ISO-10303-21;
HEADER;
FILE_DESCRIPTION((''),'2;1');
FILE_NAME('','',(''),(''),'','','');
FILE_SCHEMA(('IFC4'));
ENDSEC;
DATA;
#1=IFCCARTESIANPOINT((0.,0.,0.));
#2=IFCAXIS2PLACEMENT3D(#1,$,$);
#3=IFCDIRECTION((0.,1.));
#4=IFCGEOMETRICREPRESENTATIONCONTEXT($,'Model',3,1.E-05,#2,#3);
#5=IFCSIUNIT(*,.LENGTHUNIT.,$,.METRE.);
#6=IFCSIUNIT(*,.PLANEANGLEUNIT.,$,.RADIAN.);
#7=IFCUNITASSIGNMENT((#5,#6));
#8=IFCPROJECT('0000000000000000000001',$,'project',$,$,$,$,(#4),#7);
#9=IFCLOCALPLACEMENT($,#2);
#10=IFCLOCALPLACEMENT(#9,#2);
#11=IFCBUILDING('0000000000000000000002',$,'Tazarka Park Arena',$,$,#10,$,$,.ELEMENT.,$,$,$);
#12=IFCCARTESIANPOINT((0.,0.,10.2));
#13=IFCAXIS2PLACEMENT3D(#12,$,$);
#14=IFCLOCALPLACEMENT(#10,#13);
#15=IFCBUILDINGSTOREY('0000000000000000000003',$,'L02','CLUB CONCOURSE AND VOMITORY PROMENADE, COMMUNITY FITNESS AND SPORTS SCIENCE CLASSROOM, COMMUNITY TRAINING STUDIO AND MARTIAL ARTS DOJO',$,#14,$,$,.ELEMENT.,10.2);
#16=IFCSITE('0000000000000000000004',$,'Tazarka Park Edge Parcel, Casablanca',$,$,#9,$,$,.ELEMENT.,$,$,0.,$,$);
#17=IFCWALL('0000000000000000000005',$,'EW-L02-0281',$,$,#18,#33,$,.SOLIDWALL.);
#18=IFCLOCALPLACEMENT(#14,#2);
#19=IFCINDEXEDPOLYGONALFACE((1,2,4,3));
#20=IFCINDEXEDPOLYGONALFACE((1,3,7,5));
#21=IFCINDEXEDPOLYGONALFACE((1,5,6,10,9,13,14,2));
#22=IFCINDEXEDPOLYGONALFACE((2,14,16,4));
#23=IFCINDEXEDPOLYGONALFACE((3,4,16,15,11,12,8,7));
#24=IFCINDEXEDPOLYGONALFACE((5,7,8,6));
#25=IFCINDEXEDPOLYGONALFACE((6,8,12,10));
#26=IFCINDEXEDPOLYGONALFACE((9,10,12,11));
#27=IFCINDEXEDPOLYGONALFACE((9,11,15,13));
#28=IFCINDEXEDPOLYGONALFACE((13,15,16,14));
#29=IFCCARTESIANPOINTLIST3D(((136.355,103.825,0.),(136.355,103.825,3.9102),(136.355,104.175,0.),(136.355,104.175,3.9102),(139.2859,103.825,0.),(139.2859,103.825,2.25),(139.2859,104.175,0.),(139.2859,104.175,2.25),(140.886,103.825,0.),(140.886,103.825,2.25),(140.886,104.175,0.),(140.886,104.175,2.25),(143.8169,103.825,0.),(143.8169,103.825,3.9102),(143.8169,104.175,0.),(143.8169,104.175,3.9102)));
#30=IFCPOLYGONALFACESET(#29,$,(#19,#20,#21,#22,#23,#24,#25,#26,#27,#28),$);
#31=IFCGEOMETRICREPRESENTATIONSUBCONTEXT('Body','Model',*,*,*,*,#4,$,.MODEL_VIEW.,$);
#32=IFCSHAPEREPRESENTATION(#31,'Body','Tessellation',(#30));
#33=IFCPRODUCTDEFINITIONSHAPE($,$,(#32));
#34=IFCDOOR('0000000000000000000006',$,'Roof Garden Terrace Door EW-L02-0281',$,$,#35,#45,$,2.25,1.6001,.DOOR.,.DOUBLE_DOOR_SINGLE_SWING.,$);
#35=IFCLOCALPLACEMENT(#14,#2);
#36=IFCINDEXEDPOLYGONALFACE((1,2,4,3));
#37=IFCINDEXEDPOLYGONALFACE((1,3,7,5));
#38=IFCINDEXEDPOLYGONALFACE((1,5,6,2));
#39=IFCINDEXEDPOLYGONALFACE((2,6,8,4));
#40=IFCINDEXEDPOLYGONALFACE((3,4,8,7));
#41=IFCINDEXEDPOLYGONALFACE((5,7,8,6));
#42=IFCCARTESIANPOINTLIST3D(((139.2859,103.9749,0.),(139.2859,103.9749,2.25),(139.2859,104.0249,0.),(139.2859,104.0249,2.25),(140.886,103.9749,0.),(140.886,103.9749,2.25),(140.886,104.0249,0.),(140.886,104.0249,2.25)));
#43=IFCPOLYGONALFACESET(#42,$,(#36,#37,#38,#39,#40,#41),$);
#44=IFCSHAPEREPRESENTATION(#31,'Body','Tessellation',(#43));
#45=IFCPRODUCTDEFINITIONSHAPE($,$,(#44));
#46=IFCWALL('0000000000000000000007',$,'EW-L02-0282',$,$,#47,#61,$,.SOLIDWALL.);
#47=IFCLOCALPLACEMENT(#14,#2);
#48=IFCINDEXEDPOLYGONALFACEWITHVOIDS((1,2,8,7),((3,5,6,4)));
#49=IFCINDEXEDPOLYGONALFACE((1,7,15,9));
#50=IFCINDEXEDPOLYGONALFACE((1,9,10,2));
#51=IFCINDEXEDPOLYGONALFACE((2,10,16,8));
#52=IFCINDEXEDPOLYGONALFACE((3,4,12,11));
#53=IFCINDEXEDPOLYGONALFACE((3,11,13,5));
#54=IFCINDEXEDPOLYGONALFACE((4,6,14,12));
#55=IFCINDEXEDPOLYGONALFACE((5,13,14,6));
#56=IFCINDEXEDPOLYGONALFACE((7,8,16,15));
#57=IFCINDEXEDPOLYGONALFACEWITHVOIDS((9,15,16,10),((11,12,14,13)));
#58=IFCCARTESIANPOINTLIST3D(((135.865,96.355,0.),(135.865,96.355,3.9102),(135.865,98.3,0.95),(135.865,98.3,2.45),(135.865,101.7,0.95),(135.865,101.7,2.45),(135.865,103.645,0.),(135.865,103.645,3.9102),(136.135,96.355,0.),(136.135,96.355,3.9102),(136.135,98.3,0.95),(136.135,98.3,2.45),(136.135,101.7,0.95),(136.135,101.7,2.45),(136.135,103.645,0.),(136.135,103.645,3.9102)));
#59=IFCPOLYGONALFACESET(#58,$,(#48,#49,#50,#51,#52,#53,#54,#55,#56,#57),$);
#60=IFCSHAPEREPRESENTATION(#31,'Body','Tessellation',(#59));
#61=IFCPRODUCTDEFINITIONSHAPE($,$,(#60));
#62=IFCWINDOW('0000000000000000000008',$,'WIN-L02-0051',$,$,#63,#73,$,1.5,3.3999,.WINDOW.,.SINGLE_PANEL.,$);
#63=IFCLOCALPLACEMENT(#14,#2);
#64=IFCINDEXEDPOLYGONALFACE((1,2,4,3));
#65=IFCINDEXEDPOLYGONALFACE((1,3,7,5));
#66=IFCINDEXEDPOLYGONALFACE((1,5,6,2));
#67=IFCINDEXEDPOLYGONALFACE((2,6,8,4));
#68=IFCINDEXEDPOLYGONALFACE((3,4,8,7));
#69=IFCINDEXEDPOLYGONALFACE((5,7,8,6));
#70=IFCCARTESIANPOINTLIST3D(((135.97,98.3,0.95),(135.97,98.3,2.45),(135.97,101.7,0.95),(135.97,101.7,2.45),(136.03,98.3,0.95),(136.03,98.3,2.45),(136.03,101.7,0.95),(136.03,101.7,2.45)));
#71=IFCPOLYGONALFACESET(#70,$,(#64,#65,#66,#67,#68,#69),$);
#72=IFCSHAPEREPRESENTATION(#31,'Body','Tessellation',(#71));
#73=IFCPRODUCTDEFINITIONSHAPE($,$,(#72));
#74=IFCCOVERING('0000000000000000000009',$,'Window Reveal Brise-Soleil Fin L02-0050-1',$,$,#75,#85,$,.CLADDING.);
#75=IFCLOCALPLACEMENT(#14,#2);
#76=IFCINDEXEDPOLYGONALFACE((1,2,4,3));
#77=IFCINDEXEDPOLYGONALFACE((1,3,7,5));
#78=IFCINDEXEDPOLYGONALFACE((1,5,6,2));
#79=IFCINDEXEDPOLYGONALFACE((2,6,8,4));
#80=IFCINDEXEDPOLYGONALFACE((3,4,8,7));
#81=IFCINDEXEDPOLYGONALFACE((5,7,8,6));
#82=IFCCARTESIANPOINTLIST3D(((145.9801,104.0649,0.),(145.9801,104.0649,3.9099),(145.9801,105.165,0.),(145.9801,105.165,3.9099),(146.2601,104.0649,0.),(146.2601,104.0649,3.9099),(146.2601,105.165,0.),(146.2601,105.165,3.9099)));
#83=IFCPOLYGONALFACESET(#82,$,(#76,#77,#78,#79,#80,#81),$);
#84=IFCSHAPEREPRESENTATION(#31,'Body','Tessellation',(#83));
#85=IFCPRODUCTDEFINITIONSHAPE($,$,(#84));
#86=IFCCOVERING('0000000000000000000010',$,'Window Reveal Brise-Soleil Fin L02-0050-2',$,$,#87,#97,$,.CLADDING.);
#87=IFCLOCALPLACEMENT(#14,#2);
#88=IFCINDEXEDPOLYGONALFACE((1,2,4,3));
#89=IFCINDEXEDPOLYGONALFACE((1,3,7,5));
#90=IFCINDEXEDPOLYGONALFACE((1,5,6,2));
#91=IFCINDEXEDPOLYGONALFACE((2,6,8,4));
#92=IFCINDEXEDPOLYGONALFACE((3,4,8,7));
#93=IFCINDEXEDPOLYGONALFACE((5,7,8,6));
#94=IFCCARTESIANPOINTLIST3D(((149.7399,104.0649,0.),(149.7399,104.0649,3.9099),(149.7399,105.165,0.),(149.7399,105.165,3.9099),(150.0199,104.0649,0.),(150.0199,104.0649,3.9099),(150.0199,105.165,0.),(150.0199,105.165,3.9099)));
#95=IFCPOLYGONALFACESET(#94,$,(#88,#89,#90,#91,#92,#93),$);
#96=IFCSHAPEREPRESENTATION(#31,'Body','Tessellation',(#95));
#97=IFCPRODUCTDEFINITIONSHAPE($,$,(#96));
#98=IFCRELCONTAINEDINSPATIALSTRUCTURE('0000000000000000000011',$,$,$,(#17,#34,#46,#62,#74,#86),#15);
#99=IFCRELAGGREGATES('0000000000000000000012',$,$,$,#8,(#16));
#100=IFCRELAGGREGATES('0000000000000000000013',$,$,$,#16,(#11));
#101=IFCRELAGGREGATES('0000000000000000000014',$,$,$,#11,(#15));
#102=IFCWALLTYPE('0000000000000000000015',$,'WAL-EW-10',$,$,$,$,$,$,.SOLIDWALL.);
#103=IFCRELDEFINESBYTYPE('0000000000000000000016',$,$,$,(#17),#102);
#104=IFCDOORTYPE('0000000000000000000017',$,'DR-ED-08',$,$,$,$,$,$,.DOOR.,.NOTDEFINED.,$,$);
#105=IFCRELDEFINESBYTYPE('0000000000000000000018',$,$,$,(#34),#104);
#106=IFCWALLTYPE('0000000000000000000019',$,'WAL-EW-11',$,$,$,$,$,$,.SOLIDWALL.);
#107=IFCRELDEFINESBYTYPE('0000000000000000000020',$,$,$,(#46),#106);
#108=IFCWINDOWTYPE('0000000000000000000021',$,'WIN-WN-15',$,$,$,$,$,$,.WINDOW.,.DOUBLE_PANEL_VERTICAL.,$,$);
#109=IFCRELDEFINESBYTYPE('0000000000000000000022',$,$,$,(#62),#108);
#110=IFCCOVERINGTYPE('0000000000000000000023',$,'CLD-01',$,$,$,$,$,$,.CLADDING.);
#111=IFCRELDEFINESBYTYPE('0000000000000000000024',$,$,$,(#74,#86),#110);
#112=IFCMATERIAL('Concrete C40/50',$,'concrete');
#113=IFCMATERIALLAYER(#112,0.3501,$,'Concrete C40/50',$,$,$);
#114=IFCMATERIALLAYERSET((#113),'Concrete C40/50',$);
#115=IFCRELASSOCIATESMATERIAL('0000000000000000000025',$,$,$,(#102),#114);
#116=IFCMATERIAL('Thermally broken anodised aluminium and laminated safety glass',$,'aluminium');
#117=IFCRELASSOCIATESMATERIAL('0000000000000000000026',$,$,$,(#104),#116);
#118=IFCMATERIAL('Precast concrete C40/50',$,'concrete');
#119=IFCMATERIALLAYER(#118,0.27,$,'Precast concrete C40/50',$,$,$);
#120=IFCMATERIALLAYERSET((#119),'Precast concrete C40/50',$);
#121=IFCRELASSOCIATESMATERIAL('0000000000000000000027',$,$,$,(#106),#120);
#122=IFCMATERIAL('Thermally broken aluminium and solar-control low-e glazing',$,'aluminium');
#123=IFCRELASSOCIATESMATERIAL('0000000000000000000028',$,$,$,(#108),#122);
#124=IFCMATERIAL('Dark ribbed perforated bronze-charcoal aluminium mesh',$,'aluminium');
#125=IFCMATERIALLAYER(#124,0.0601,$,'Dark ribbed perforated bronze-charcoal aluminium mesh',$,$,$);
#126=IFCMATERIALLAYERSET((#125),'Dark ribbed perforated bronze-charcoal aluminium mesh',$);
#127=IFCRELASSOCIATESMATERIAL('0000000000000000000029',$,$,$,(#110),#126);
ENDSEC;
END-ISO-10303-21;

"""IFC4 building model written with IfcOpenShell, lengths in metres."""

from ifc_helpers import new_model, si_unit, direction, frame, frame_2d, origin, origin_2d, place, context, subcontext, project, spatial, rectangle, extrude, material, layer, layer_set, type_object, element, fill, save


model = new_model("IFC4")

# Units and contexts
model_context = context("Model", 3, precision=1e-05, world=origin(), true_north=direction((0.0, 1.0)))
body_context = subcontext(model_context, "Body", "Model", "MODEL_VIEW")
ifc_project = project(units=[si_unit("LENGTHUNIT", "METRE"), si_unit("PLANEANGLEUNIT", "RADIAN")], contexts=[model_context])

# Site, building, storey
site_placement = place(None, origin())
site = spatial("IfcSite", under=ifc_project, at=site_placement, Name="Tazarka Park Edge Parcel, Casablanca", CompositionType="ELEMENT", RefElevation=0.0)
building_placement = place(site_placement, origin())
building = spatial("IfcBuilding", under=site, at=building_placement, Name="Tazarka Park Arena", CompositionType="ELEMENT")
storey_placement = place(building_placement, frame((0.0, 0.0, 10.2)))
storey = spatial("IfcBuildingStorey", under=building, at=storey_placement, Name="L02", Description="CLUB CONCOURSE AND VOMITORY PROMENADE, COMMUNITY FITNESS AND SPORTS SCIENCE CLASSROOM, COMMUNITY TRAINING STUDIO AND MARTIAL ARTS DOJO", CompositionType="ELEMENT", Elevation=10.2)

# Wall, opening, door
ifc_material_1 = material(Name="Concrete C40/50", Category="concrete")
ifc_layer_1 = layer(ifc_material_1, 0.3501, Name="Concrete C40/50")
ifc_layer_set_1 = layer_set([ifc_layer_1], Name="Concrete C40/50")
wall_type_1 = type_object("IfcWallType", Name="WAL-EW-10", PredefinedType="SOLIDWALL", material=ifc_layer_set_1)
wall_1_placement = place(storey_placement, frame((136.355, 104.0, 0.0), z_axis=(0.0, 0.0, 1.0), x_axis=(1.0, 0.0, 0.0)))
wall_1 = element("IfcWall", 1, at=wall_1_placement, inside=storey, type_object=wall_type_1, Name="EW-L02-0281", PredefinedType="SOLIDWALL", context=body_context, shape_type="SweptSolid", body=[
    extrude(rectangle(XDim=7.4619, YDim=0.3501, at=frame_2d((3.731, 0.0))), origin(), (0.0, 0.0, 1.0), 3.9102),
])
opening_1_placement = place(wall_1_placement, frame((2.9309, 0.0, 0.0)))
opening_1 = element("IfcOpeningElement", 2, at=opening_1_placement, cuts=wall_1, PredefinedType="OPENING", context=body_context, shape_type="SweptSolid", body=[
    extrude(rectangle(XDim=1.6001, YDim=2.25, at=frame_2d((0.8, 1.125))), frame((0.0, 0.1851, 0.0), z_axis=(0.0, -1.0, 0.0), x_axis=(1.0, 0.0, 0.0)), (0.0, 0.0, 1.0), 0.3701),
])
ifc_material_2 = material(Name="Thermally broken anodised aluminium and laminated safety glass", Category="aluminium")
door_type = type_object("IfcDoorType", Name="DR-ED-08", OperationType="NOTDEFINED", PredefinedType="DOOR", material=ifc_material_2)
door_placement = place(opening_1_placement, origin())
door = element("IfcDoor", 3, at=door_placement, inside=storey, type_object=door_type, Name="Roof Garden Terrace Door EW-L02-0281", OperationType="DOUBLE_DOOR_SINGLE_SWING", OverallHeight=2.25, OverallWidth=1.6001, PredefinedType="DOOR", context=body_context, shape_type="SweptSolid", body=[
    extrude(rectangle(XDim=1.6001, YDim=2.25, at=frame_2d((0.8, 1.125))), frame((0.0, 0.0249, 0.0), z_axis=(0.0, -1.0, 0.0), x_axis=(1.0, 0.0, 0.0)), (0.0, 0.0, 1.0), 0.05),
])
fill(opening_1, door)

# Wall, opening, window
ifc_material_3 = material(Name="Precast concrete C40/50", Category="concrete")
ifc_layer_2 = layer(ifc_material_3, 0.27, Name="Precast concrete C40/50")
ifc_layer_set_2 = layer_set([ifc_layer_2], Name="Precast concrete C40/50")
wall_type_2 = type_object("IfcWallType", Name="WAL-EW-11", PredefinedType="SOLIDWALL", material=ifc_layer_set_2)
wall_2_placement = place(storey_placement, frame((136.0, 96.355, 0.0), z_axis=(0.0, 0.0, 1.0), x_axis=(0.0, 1.0, 0.0)))
wall_2 = element("IfcWall", 4, at=wall_2_placement, inside=storey, type_object=wall_type_2, Name="EW-L02-0282", PredefinedType="SOLIDWALL", context=body_context, shape_type="SweptSolid", body=[
    extrude(rectangle(XDim=7.29, YDim=0.27, at=frame_2d((3.645, 0.0))), origin(), (0.0, 0.0, 1.0), 3.9102),
])
opening_2_placement = place(wall_2_placement, frame((1.9451, 0.0, 0.95)))
opening_2 = element("IfcOpeningElement", 5, at=opening_2_placement, cuts=wall_2, PredefinedType="OPENING", context=body_context, shape_type="SweptSolid", body=[
    extrude(rectangle(XDim=3.3999, YDim=1.5, at=frame_2d((1.7, 0.75))), frame((0.0, 0.145, 0.0), z_axis=(0.0, -1.0, 0.0), x_axis=(1.0, 0.0, 0.0)), (0.0, 0.0, 1.0), 0.29),
])
ifc_material_4 = material(Name="Thermally broken aluminium and solar-control low-e glazing", Category="aluminium")
window_type_1 = type_object("IfcWindowType", Name="WIN-WN-15", PartitioningType="DOUBLE_PANEL_VERTICAL", PredefinedType="WINDOW", material=ifc_material_4)
window_1_placement = place(opening_2_placement, origin())
window_1 = element("IfcWindow", 6, at=window_1_placement, inside=storey, type_object=window_type_1, Name="WIN-L02-0051", OverallHeight=1.5, OverallWidth=3.3999, PartitioningType="SINGLE_PANEL", PredefinedType="WINDOW", context=body_context, shape_type="SweptSolid", body=[
    extrude(rectangle(XDim=3.3999, YDim=1.5, at=frame_2d((1.7, 0.75))), frame((0.0, 0.03, 0.0), z_axis=(0.0, -1.0, 0.0), x_axis=(1.0, 0.0, 0.0)), (0.0, 0.0, 1.0), 0.0601),
])
fill(opening_2, window_1)

# Coverings
ifc_material_5 = material(Name="Dark ribbed perforated bronze-charcoal aluminium mesh", Category="aluminium")
ifc_layer_3 = layer(ifc_material_5, 0.0601, Name="Dark ribbed perforated bronze-charcoal aluminium mesh")
ifc_layer_set_3 = layer_set([ifc_layer_3], Name="Dark ribbed perforated bronze-charcoal aluminium mesh")
covering_type = type_object("IfcCoveringType", Name="CLD-01", PredefinedType="CLADDING", material=ifc_layer_set_3)
for number, where, z_axis, x_axis, name in (
    (7, (146.1201, 104.615, 0.0), (0.0, 0.0, 1.0), (1.0, 0.0, 0.0), "Window Reveal Brise-Soleil Fin L02-0050-1"),
    (8, (149.8799, 104.615, 0.0), (0.0, 0.0, 1.0), (1.0, 0.0, 0.0), "Window Reveal Brise-Soleil Fin L02-0050-2"),
):
    element("IfcCovering", number, at=place(storey_placement, frame(where, z_axis=z_axis, x_axis=x_axis)), inside=storey, type_object=covering_type, Name=name, PredefinedType="CLADDING", context=body_context, shape_type="SweptSolid", body=[
        extrude(rectangle(XDim=0.28, YDim=1.1001, at=origin_2d()), origin(), (0.0, 0.0, 1.0), 3.9099),
    ])

save(model, "model.ifc")
